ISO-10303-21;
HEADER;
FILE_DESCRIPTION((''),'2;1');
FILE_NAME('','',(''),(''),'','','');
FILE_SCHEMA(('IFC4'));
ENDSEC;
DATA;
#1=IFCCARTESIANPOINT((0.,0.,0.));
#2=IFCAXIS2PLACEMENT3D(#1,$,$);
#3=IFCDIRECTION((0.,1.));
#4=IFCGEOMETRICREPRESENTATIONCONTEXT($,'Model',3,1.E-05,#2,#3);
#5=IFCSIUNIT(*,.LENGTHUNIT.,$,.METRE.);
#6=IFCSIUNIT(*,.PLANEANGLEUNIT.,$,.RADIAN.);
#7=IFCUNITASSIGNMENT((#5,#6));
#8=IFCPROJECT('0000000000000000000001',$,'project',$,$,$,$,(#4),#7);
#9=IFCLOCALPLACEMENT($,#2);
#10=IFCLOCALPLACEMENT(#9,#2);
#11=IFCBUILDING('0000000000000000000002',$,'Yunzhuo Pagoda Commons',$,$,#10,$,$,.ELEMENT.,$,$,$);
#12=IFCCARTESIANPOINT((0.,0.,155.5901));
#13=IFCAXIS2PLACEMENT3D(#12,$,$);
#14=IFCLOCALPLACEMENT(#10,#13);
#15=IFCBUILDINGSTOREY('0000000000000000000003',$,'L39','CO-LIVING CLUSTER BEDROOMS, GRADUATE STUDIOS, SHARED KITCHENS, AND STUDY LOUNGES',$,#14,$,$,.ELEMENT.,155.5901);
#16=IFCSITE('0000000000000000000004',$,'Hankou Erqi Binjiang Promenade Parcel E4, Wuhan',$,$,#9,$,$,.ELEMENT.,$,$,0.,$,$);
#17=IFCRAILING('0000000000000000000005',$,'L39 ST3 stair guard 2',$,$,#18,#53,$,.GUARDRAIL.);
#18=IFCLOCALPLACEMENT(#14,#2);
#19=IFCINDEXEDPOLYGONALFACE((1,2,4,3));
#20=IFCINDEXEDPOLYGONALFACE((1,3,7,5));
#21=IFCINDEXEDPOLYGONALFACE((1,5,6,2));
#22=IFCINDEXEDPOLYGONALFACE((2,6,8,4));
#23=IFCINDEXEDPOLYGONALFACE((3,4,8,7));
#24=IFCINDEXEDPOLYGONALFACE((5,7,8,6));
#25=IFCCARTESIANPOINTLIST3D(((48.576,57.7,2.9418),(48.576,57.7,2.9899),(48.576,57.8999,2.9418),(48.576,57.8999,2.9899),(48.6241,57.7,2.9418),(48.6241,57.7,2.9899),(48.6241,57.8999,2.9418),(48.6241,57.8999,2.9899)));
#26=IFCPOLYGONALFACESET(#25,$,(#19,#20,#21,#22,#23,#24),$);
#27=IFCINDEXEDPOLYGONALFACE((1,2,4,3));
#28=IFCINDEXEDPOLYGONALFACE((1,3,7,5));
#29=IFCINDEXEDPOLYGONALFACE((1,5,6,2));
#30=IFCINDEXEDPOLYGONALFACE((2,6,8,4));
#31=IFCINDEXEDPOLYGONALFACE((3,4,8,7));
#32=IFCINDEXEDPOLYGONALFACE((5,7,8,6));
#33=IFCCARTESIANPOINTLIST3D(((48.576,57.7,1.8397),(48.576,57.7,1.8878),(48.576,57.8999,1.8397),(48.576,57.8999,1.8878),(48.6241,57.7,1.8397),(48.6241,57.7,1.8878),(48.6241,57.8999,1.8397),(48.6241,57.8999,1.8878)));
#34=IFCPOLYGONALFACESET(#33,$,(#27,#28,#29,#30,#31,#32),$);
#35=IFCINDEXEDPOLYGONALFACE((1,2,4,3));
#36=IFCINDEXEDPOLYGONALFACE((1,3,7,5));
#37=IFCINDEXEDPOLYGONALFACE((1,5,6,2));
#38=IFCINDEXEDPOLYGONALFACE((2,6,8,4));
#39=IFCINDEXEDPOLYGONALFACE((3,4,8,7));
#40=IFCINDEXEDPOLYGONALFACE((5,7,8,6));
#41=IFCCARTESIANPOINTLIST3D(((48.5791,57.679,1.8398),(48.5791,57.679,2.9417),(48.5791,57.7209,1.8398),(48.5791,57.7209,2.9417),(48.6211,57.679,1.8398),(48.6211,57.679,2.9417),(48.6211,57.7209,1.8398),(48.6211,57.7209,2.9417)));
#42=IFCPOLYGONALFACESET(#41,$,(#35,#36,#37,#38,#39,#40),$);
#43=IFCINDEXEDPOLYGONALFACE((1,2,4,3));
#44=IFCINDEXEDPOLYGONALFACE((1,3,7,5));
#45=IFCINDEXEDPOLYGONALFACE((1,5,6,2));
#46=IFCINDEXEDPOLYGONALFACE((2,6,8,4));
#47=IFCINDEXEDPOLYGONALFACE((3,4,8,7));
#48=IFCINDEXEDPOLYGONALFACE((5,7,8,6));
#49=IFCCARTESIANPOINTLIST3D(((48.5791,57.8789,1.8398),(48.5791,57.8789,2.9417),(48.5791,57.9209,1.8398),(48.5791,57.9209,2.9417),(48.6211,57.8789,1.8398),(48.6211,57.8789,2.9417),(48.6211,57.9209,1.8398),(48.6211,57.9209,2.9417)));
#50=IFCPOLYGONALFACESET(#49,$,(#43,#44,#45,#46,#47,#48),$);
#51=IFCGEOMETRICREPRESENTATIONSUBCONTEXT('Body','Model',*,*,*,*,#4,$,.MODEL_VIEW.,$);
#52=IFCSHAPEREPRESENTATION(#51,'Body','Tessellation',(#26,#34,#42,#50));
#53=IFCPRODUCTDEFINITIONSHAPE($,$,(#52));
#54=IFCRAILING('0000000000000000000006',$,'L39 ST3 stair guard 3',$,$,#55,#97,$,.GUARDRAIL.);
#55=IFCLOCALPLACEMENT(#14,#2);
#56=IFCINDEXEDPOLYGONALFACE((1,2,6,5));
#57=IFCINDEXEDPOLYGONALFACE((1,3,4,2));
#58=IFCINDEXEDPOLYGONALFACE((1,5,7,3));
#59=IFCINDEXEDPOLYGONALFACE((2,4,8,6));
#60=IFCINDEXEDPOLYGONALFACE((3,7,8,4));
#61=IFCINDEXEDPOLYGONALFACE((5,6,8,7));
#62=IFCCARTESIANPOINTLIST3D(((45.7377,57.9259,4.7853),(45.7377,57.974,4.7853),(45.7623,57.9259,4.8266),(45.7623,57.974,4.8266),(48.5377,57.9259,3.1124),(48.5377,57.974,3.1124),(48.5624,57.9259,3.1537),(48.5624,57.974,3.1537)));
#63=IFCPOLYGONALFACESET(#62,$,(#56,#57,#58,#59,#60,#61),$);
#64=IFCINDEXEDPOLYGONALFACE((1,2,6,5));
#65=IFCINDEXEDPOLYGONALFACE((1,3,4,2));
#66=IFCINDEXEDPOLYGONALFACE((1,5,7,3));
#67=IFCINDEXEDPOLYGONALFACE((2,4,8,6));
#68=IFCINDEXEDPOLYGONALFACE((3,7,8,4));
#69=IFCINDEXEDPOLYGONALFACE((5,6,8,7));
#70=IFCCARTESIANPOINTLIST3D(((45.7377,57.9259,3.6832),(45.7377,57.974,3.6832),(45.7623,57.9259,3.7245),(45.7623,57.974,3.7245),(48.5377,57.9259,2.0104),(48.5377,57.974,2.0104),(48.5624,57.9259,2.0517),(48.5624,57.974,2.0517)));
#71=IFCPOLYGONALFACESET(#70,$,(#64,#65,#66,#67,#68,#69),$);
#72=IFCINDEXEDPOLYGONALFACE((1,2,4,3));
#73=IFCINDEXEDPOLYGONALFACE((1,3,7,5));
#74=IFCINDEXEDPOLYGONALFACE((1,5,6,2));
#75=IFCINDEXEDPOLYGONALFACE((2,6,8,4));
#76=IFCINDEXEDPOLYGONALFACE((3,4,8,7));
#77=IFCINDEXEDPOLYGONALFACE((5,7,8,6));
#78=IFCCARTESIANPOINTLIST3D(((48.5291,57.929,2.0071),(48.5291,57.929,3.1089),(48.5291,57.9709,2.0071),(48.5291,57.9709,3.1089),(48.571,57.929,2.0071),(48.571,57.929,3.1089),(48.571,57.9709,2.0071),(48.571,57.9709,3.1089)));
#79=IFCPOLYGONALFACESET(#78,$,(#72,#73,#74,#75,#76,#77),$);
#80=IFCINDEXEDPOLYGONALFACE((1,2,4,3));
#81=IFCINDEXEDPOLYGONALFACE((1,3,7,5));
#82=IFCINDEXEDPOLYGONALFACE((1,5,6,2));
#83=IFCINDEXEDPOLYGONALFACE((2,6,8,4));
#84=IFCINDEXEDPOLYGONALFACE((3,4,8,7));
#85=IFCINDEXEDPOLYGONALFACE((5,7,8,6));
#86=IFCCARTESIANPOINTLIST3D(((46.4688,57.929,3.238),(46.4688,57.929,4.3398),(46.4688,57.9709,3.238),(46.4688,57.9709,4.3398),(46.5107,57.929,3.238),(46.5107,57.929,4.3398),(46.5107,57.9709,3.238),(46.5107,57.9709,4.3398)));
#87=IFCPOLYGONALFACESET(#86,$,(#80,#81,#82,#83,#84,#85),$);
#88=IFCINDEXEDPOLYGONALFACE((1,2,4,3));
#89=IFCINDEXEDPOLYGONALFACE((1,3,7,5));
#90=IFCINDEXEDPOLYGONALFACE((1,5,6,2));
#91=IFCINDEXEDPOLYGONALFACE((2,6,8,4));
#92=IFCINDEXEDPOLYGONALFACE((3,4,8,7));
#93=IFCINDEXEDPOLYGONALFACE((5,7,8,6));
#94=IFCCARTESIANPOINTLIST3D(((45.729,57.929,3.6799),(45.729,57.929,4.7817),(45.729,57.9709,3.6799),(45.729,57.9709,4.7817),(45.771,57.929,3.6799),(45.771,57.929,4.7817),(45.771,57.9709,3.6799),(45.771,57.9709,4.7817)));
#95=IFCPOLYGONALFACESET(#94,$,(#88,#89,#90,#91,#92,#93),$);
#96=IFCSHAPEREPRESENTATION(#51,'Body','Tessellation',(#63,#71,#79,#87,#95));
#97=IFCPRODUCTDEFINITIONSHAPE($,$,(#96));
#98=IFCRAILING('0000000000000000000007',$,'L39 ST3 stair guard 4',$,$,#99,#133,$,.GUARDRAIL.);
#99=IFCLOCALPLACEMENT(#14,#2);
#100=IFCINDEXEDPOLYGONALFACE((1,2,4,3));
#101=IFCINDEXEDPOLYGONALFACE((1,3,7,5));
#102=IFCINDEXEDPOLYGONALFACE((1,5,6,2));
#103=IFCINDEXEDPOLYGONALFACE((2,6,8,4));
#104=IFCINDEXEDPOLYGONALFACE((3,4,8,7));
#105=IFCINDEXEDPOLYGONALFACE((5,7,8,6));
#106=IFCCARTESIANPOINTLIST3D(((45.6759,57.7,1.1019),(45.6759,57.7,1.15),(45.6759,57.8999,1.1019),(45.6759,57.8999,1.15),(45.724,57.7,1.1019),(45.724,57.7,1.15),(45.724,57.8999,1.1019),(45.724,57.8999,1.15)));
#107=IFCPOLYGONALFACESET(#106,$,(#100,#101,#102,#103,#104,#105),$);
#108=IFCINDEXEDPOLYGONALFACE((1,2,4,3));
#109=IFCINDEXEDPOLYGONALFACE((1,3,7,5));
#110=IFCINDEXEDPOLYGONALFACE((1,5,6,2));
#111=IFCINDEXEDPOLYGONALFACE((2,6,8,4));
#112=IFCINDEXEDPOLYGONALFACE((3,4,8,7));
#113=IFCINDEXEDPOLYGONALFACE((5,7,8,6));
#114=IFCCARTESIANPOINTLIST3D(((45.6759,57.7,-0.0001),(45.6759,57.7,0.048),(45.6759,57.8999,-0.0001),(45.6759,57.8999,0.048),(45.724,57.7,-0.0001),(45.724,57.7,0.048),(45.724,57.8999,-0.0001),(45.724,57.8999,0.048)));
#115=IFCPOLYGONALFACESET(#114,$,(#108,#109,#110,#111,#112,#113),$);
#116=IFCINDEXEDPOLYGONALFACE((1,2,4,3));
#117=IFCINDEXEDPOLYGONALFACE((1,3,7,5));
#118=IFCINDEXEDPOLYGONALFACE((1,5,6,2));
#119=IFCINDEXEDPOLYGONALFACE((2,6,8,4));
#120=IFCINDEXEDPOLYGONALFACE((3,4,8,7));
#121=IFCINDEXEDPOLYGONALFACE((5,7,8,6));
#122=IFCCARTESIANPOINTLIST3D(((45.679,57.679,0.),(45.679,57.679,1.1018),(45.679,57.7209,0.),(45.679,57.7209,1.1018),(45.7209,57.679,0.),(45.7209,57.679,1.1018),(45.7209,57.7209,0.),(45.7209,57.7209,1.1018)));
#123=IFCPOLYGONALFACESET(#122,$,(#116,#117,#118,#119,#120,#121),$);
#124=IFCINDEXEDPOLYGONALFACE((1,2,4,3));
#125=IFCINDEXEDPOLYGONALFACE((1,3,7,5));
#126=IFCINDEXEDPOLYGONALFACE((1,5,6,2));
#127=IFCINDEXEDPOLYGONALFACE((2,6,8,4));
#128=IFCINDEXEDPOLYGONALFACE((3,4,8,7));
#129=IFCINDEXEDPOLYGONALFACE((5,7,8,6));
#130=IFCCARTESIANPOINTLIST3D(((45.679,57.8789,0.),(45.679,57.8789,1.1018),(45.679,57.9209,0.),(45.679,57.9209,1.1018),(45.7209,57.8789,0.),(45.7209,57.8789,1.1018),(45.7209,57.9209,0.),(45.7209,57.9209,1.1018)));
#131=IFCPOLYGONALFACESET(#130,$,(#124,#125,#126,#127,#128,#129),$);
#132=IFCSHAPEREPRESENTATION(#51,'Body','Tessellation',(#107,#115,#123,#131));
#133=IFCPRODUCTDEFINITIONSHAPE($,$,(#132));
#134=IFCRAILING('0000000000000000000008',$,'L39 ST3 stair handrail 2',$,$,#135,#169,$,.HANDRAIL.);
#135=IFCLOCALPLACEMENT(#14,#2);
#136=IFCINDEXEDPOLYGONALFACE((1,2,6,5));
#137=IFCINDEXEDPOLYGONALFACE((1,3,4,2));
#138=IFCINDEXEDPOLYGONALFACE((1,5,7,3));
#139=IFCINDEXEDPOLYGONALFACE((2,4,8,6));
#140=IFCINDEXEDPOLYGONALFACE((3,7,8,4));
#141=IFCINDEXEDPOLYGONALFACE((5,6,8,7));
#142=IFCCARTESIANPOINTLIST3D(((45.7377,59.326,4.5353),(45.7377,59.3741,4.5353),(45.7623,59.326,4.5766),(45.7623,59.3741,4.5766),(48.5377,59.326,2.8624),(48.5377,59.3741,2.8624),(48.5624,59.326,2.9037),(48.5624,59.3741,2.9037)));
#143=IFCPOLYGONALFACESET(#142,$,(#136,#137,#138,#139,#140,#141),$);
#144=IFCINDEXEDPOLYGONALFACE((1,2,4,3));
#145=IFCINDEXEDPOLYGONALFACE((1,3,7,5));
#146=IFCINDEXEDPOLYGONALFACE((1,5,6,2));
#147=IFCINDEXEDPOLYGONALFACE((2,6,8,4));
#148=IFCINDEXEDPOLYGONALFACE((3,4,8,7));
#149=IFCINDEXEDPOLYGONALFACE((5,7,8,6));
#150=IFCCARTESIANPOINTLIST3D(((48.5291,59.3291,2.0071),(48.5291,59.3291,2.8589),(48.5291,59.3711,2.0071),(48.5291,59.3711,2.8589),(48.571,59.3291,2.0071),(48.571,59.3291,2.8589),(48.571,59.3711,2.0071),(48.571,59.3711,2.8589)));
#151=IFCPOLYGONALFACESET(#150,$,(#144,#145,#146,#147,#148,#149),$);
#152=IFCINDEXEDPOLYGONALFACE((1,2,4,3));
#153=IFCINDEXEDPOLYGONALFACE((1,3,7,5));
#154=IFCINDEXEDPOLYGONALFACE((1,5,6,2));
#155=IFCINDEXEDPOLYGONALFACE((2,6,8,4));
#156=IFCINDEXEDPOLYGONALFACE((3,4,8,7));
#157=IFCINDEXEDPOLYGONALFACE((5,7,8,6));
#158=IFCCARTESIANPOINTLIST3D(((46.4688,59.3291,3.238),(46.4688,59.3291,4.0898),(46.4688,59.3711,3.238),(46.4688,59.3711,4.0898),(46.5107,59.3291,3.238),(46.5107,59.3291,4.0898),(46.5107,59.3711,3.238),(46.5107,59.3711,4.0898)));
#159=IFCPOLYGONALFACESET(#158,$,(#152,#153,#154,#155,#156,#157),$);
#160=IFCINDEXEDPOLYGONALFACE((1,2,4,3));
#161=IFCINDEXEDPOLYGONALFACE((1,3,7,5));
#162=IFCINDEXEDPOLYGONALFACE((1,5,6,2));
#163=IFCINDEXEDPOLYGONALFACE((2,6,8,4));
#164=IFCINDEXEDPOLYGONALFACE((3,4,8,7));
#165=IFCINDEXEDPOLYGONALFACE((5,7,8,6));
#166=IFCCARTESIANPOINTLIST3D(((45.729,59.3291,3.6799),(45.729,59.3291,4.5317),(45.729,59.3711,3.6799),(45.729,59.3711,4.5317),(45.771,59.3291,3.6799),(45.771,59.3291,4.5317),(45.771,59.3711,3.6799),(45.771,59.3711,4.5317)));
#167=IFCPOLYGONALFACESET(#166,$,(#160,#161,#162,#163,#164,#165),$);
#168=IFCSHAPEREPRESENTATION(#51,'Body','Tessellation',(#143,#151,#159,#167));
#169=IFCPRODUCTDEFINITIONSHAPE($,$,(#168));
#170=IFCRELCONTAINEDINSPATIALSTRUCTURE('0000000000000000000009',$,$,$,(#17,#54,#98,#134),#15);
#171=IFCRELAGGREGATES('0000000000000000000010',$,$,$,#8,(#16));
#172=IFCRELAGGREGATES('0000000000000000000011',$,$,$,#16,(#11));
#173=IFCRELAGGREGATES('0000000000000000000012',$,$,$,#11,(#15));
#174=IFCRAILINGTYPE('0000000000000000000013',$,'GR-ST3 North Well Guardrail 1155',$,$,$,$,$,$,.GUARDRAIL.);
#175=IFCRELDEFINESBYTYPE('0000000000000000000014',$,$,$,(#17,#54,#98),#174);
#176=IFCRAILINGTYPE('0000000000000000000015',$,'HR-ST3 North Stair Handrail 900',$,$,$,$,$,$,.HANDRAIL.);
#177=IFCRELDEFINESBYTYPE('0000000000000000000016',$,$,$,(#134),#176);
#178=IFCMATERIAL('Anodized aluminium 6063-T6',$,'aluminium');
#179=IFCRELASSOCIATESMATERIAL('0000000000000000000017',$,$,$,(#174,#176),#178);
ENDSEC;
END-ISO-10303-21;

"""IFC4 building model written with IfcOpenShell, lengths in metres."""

from ifc_helpers import new_model, si_unit, direction, frame, origin, origin_2d, place, context, subcontext, project, spatial, rectangle, extrude, material, type_object, element, save


model = new_model("IFC4")

# Units and contexts
model_context = context("Model", 3, precision=1e-05, world=origin(), true_north=direction((0.0, 1.0)))
body_context = subcontext(model_context, "Body", "Model", "MODEL_VIEW")
ifc_project = project(units=[si_unit("LENGTHUNIT", "METRE"), si_unit("PLANEANGLEUNIT", "RADIAN")], contexts=[model_context])

# Site, building, storey
site_placement = place(None, origin())
site = spatial("IfcSite", under=ifc_project, at=site_placement, Name="Hankou Erqi Binjiang Promenade Parcel E4, Wuhan", CompositionType="ELEMENT", RefElevation=0.0)
building_placement = place(site_placement, origin())
building = spatial("IfcBuilding", under=site, at=building_placement, Name="Yunzhuo Pagoda Commons", CompositionType="ELEMENT")
storey_placement = place(building_placement, frame((0.0, 0.0, 155.5901)))
storey = spatial("IfcBuildingStorey", under=building, at=storey_placement, Name="L39", Description="CO-LIVING CLUSTER BEDROOMS, GRADUATE STUDIOS, SHARED KITCHENS, AND STUDY LOUNGES", CompositionType="ELEMENT", Elevation=155.5901)

# Shared definitions
ifc_material_1 = material(Name="Anodized aluminium 6063-T6", Category="aluminium")

# Railings
railing_type_1 = type_object("IfcRailingType", Name="GR-ST3 North Well Guardrail 1155", PredefinedType="GUARDRAIL", material=ifc_material_1)
railing_1_placement = place(storey_placement, frame((48.6001, 57.7, 1.8398)))
element("IfcRailing", 1, at=railing_1_placement, inside=storey, type_object=railing_type_1, Name="L39 ST3 stair guard 2", PredefinedType="GUARDRAIL", context=body_context, shape_type="SweptSolid", body=[
    extrude(rectangle(XDim=0.0481, YDim=0.0481, at=origin_2d()), frame((0.0, 0.0, 1.126), z_axis=(0.0, 1.0, 0.0), x_axis=(-1.0, 0.0, 0.0)), (0.0, 0.0, 1.0), 0.2),
    extrude(rectangle(XDim=0.0481, YDim=0.0481, at=origin_2d()), frame((0.0, 0.0, 0.0239), z_axis=(0.0, 1.0, 0.0), x_axis=(-1.0, 0.0, 0.0)), (0.0, 0.0, 1.0), 0.2),
    extrude(rectangle(XDim=0.042, YDim=0.042, at=origin_2d()), origin(), (0.0, 0.0, 1.0), 1.1018),
    extrude(rectangle(XDim=0.042, YDim=0.042, at=origin_2d()), frame((0.0, 0.2, 0.0)), (0.0, 0.0, 1.0), 1.1018),
])
railing_2_placement = place(storey_placement, frame((48.55, 57.95, 2.0071)))
element("IfcRailing", 2, at=railing_2_placement, inside=storey, type_object=railing_type_1, Name="L39 ST3 stair guard 3", PredefinedType="GUARDRAIL", context=body_context, shape_type="SweptSolid", body=[
    extrude(rectangle(XDim=0.0481, YDim=0.0481, at=origin_2d()), frame((0.0, 0.0, 1.126), z_axis=(-0.858462, 0.0, 0.512877), x_axis=(0.0, -1.0, 0.0)), (0.0, 0.0, 1.0), 3.2617),
    extrude(rectangle(XDim=0.0481, YDim=0.0481, at=origin_2d()), frame((0.0, 0.0, 0.0239), z_axis=(-0.858462, 0.0, 0.512877), x_axis=(0.0, -1.0, 0.0)), (0.0, 0.0, 1.0), 3.2617),
    extrude(rectangle(XDim=0.042, YDim=0.042, at=origin_2d()), origin(), (0.0, 0.0, 1.0), 1.1018),
    extrude(rectangle(XDim=0.042, YDim=0.042, at=origin_2d()), frame((-2.0603, 0.0, 1.231)), (0.0, 0.0, 1.0), 1.1018),
    extrude(rectangle(XDim=0.042, YDim=0.042, at=origin_2d()), frame((-2.8, 0.0, 1.6729)), (0.0, 0.0, 1.0), 1.1018),
])
railing_3_placement = place(storey_placement, frame((45.7, 57.7, 0.0)))
element("IfcRailing", 3, at=railing_3_placement, inside=storey, type_object=railing_type_1, Name="L39 ST3 stair guard 4", PredefinedType="GUARDRAIL", context=body_context, shape_type="SweptSolid", body=[
    extrude(rectangle(XDim=0.0481, YDim=0.0481, at=origin_2d()), frame((0.0, 0.0, 1.126), z_axis=(0.0, 1.0, 0.0), x_axis=(-1.0, 0.0, 0.0)), (0.0, 0.0, 1.0), 0.2),
    extrude(rectangle(XDim=0.0481, YDim=0.0481, at=origin_2d()), frame((0.0, 0.0, 0.0239), z_axis=(0.0, 1.0, 0.0), x_axis=(-1.0, 0.0, 0.0)), (0.0, 0.0, 1.0), 0.2),
    extrude(rectangle(XDim=0.042, YDim=0.042, at=origin_2d()), origin(), (0.0, 0.0, 1.0), 1.1018),
    extrude(rectangle(XDim=0.042, YDim=0.042, at=origin_2d()), frame((0.0, 0.2, 0.0)), (0.0, 0.0, 1.0), 1.1018),
])
railing_type_2 = type_object("IfcRailingType", Name="HR-ST3 North Stair Handrail 900", PredefinedType="HANDRAIL", material=ifc_material_1)
railing_4_placement = place(storey_placement, frame((48.55, 59.3501, 2.0071)))
element("IfcRailing", 4, at=railing_4_placement, inside=storey, type_object=railing_type_2, Name="L39 ST3 stair handrail 2", PredefinedType="HANDRAIL", context=body_context, shape_type="SweptSolid", body=[
    extrude(rectangle(XDim=0.0481, YDim=0.0481, at=origin_2d()), frame((0.0, 0.0, 0.876), z_axis=(-0.858462, 0.0, 0.512877), x_axis=(0.0, -1.0, 0.0)), (0.0, 0.0, 1.0), 3.2617),
    extrude(rectangle(XDim=0.042, YDim=0.042, at=origin_2d()), origin(), (0.0, 0.0, 1.0), 0.8518),
    extrude(rectangle(XDim=0.042, YDim=0.042, at=origin_2d()), frame((-2.0603, 0.0, 1.231)), (0.0, 0.0, 1.0), 0.8518),
    extrude(rectangle(XDim=0.042, YDim=0.042, at=origin_2d()), frame((-2.8, 0.0, 1.6729)), (0.0, 0.0, 1.0), 0.8518),
])

save(model, "model.ifc")
